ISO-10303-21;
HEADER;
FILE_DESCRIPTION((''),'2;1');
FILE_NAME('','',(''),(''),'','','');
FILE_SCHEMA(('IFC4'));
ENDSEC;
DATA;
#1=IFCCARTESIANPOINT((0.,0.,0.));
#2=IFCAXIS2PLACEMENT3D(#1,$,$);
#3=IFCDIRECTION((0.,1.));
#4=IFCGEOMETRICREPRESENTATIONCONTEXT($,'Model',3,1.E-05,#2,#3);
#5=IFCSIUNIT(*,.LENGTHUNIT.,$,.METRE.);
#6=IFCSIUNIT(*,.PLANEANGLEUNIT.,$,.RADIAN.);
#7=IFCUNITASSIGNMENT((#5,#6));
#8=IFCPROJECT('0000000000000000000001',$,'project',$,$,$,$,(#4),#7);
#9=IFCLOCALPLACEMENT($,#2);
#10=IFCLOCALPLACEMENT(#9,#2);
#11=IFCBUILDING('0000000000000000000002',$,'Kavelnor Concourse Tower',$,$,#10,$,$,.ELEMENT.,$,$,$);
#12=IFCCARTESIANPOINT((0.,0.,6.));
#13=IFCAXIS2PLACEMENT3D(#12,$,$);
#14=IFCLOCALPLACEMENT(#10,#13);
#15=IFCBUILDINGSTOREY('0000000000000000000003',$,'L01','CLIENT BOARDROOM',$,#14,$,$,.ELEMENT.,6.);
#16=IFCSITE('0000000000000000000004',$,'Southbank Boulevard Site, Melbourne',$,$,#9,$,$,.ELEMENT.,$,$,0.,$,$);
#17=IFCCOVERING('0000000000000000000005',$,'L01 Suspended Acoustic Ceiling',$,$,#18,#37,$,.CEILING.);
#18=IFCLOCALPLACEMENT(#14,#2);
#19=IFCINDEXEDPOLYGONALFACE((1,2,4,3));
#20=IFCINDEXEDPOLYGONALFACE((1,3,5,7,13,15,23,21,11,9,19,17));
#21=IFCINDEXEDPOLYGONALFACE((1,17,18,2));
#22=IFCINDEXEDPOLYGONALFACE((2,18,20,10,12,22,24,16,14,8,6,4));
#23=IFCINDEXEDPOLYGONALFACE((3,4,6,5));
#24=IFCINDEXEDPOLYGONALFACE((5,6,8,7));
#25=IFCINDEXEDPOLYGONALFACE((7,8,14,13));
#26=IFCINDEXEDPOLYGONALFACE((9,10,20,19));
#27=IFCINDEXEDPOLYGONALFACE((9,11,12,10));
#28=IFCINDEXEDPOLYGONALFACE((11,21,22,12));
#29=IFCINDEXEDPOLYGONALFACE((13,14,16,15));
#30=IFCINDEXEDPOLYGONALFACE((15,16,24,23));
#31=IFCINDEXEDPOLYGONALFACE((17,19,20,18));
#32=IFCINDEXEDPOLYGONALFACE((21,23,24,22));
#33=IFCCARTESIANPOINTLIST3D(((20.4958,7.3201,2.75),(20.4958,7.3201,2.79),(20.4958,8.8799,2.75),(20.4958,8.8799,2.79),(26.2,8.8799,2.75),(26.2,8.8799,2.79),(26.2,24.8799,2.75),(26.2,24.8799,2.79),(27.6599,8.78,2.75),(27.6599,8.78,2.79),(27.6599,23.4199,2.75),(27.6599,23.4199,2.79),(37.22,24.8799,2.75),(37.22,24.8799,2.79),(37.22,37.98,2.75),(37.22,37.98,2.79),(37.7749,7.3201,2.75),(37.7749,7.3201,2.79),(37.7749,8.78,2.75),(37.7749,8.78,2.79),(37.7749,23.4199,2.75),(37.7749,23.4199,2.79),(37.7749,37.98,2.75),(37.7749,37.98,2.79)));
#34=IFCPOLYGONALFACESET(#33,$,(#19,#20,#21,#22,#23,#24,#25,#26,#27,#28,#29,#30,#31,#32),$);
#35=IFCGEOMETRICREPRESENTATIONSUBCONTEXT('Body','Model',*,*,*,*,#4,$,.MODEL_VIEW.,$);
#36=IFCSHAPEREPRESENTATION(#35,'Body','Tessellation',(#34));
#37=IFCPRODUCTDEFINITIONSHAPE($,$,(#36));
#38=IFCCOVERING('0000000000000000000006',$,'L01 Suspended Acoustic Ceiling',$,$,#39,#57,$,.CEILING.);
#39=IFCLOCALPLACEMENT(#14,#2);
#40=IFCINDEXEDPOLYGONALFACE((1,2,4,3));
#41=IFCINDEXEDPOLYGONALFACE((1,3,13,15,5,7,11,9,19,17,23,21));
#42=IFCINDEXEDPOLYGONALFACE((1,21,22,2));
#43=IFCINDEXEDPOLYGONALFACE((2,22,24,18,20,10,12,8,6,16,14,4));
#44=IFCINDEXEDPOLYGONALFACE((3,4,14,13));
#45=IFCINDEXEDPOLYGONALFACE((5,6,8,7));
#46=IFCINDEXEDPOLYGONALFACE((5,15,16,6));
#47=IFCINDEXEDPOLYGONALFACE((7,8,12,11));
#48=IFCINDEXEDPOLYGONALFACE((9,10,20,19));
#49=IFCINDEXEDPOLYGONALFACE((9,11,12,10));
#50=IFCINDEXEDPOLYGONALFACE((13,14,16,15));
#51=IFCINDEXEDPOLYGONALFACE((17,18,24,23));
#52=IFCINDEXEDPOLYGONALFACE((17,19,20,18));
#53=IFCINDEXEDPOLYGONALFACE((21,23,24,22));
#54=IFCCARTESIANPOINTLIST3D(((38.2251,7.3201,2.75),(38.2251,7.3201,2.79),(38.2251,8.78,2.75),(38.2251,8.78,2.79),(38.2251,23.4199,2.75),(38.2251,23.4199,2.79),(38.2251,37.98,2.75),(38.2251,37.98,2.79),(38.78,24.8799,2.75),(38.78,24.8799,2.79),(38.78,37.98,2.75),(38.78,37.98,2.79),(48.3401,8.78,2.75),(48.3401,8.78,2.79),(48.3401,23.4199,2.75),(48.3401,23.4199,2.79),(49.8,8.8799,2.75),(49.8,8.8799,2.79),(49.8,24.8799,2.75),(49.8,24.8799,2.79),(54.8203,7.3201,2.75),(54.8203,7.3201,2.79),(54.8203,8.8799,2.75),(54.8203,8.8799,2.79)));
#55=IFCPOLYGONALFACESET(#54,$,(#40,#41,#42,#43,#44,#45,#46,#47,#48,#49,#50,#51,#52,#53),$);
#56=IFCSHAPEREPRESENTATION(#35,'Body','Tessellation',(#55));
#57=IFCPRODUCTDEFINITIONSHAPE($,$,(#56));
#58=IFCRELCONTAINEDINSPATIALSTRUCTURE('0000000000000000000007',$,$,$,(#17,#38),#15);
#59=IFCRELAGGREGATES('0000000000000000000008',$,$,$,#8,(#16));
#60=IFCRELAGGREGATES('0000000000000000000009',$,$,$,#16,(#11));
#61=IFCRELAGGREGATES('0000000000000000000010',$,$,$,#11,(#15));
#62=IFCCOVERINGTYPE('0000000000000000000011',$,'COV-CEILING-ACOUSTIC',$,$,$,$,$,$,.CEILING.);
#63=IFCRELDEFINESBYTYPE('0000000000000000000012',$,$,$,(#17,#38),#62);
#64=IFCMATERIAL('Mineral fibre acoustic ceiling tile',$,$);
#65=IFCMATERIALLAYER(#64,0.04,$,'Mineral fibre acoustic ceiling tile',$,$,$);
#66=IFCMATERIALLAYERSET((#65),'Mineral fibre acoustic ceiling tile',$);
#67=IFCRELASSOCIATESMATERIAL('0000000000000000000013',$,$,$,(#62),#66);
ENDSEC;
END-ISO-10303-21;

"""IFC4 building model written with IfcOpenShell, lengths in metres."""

from ifc_helpers import new_model, si_unit, direction, frame, origin, place, context, subcontext, project, spatial, polyline, outline, extrude, material, layer, layer_set, type_object, element, save


model = new_model("IFC4")

# Units and contexts
model_context = context("Model", 3, precision=1e-05, world=origin(), true_north=direction((0.0, 1.0)))
body_context = subcontext(model_context, "Body", "Model", "MODEL_VIEW")
ifc_project = project(units=[si_unit("LENGTHUNIT", "METRE"), si_unit("PLANEANGLEUNIT", "RADIAN")], contexts=[model_context])

# Site, building, storey
site_placement = place(None, origin())
site = spatial("IfcSite", under=ifc_project, at=site_placement, Name="Southbank Boulevard Site, Melbourne", CompositionType="ELEMENT", RefElevation=0.0)
building_placement = place(site_placement, origin())
building = spatial("IfcBuilding", under=site, at=building_placement, Name="Kavelnor Concourse Tower", CompositionType="ELEMENT")
storey_placement = place(building_placement, frame((0.0, 0.0, 6.0)))
storey = spatial("IfcBuildingStorey", under=building, at=storey_placement, Name="L01", Description="CLIENT BOARDROOM", CompositionType="ELEMENT", Elevation=6.0)

# Coverings
ifc_material_1 = material(Name="Mineral fibre acoustic ceiling tile")
ifc_layer_1 = layer(ifc_material_1, 0.04, Name="Mineral fibre acoustic ceiling tile")
ifc_layer_set_1 = layer_set([ifc_layer_1], Name="Mineral fibre acoustic ceiling tile")
covering_type = type_object("IfcCoveringType", Name="COV-CEILING-ACOUSTIC", PredefinedType="CEILING", material=ifc_layer_set_1)
covering_1_placement = place(storey_placement, frame((0.0, 0.0, 2.75)))
element("IfcCovering", 1, at=covering_1_placement, inside=storey, type_object=covering_type, Name="L01 Suspended Acoustic Ceiling", PredefinedType="CEILING", context=body_context, shape_type="SweptSolid", body=[
    extrude(outline(polyline([(37.22, 37.98), (37.7749, 37.98), (37.7749, 23.4199), (27.6599, 23.4199), (27.6599, 8.78), (37.7749, 8.78), (37.7749, 7.3201), (20.4958, 7.3201), (20.4958, 8.8799), (26.2, 8.8799), (26.2, 24.8799), (37.22, 24.8799), (37.22, 37.98)])), origin(), (0.0, 0.0, 1.0), 0.04),
])
covering_2_placement = place(storey_placement, frame((0.0, 0.0, 2.75)))
element("IfcCovering", 2, at=covering_2_placement, inside=storey, type_object=covering_type, Name="L01 Suspended Acoustic Ceiling", PredefinedType="CEILING", context=body_context, shape_type="SweptSolid", body=[
    extrude(outline(polyline([(38.78, 37.98), (38.78, 24.8799), (49.8, 24.8799), (49.8, 8.8799), (54.8203, 8.8799), (54.8203, 7.3201), (38.2251, 7.3201), (38.2251, 8.78), (48.3401, 8.78), (48.3401, 23.4199), (38.2251, 23.4199), (38.2251, 37.98), (38.78, 37.98)])), origin(), (0.0, 0.0, 1.0), 0.04),
])

save(model, "model.ifc")
